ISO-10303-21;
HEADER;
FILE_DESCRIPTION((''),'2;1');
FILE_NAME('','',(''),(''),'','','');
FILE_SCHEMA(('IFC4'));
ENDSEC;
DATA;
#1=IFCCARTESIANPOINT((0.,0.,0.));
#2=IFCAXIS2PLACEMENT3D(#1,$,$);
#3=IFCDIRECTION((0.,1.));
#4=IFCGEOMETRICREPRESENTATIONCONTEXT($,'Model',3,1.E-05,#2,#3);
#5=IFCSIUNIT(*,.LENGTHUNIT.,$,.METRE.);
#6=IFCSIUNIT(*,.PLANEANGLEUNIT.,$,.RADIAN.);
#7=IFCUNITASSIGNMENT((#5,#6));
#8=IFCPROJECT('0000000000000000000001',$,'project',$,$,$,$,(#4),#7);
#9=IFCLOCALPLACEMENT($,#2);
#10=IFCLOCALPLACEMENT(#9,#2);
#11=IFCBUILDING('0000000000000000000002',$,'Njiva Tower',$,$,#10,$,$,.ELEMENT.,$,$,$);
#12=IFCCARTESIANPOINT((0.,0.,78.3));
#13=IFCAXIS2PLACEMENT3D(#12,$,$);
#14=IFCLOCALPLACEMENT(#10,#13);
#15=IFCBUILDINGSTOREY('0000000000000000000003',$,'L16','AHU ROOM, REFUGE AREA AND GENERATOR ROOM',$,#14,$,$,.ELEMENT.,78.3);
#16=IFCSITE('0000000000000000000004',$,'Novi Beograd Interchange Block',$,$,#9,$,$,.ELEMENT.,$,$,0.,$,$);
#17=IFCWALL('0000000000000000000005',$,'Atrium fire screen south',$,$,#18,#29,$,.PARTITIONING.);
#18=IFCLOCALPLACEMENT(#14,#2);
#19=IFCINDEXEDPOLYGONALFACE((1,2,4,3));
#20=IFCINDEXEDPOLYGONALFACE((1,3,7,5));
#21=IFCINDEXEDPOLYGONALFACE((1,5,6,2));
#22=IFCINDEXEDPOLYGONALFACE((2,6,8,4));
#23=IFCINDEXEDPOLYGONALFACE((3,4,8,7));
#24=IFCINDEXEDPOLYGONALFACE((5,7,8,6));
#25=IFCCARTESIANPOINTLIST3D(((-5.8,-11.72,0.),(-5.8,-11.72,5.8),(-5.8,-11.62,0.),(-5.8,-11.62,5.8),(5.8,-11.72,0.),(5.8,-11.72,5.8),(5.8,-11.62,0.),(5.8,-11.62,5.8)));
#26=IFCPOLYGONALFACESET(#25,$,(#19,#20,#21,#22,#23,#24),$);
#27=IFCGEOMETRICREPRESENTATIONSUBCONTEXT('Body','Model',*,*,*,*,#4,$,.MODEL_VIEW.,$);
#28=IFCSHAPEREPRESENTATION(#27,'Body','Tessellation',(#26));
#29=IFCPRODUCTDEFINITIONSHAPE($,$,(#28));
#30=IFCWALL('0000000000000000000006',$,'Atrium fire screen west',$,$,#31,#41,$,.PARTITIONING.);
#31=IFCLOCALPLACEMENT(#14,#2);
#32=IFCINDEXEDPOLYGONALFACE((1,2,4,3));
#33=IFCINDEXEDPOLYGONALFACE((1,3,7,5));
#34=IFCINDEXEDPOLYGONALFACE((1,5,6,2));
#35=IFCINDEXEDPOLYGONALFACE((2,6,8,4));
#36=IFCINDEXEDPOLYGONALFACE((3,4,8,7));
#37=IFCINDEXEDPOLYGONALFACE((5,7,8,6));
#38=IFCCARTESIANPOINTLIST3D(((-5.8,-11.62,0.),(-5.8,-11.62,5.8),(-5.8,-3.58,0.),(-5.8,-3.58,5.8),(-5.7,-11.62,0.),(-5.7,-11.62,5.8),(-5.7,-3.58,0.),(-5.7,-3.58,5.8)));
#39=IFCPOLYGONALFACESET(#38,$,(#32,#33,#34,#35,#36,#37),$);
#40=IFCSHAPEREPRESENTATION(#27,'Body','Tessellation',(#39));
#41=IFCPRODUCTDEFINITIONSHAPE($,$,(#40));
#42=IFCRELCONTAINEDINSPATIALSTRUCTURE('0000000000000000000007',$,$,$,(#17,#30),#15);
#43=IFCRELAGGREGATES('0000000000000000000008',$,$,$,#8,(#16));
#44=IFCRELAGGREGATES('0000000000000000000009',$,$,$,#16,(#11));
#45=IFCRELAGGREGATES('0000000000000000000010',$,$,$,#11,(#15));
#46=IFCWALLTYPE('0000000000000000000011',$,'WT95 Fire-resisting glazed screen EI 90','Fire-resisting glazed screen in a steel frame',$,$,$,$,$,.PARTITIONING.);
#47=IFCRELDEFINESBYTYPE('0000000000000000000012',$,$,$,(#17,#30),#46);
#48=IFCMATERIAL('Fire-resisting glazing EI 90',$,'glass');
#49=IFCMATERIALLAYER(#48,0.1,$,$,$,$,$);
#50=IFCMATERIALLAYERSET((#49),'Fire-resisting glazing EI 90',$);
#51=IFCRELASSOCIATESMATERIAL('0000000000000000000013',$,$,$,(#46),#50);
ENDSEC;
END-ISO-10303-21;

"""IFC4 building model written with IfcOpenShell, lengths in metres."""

from ifc_helpers import new_model, si_unit, direction, frame, frame_2d, origin, place, context, subcontext, project, spatial, rectangle, extrude, material, layer, layer_set, type_object, element, save


model = new_model("IFC4")

# Units and contexts
model_context = context("Model", 3, precision=1e-05, world=origin(), true_north=direction((0.0, 1.0)))
body_context = subcontext(model_context, "Body", "Model", "MODEL_VIEW")
ifc_project = project(units=[si_unit("LENGTHUNIT", "METRE"), si_unit("PLANEANGLEUNIT", "RADIAN")], contexts=[model_context])

# Site, building, storey
site_placement = place(None, origin())
site = spatial("IfcSite", under=ifc_project, at=site_placement, Name="Novi Beograd Interchange Block", CompositionType="ELEMENT", RefElevation=0.0)
building_placement = place(site_placement, origin())
building = spatial("IfcBuilding", under=site, at=building_placement, Name="Njiva Tower", CompositionType="ELEMENT")
storey_placement = place(building_placement, frame((0.0, 0.0, 78.3)))
storey = spatial("IfcBuildingStorey", under=building, at=storey_placement, Name="L16", Description="AHU ROOM, REFUGE AREA AND GENERATOR ROOM", CompositionType="ELEMENT", Elevation=78.3)

# Walls
ifc_material_1 = material(Name="Fire-resisting glazing EI 90", Category="glass")
ifc_layer_1 = layer(ifc_material_1, 0.1)
ifc_layer_set_1 = layer_set([ifc_layer_1], Name="Fire-resisting glazing EI 90")
wall_type_1 = type_object("IfcWallType", Name="WT95 Fire-resisting glazed screen EI 90", Description="Fire-resisting glazed screen in a steel frame", PredefinedType="PARTITIONING", material=ifc_layer_set_1)
wall_1_placement = place(storey_placement, frame((-5.8, -11.67, 0.0), z_axis=(0.0, 0.0, 1.0), x_axis=(1.0, 0.0, 0.0)))
element("IfcWall", 1, at=wall_1_placement, inside=storey, type_object=wall_type_1, Name="Atrium fire screen south", PredefinedType="PARTITIONING", context=body_context, shape_type="SweptSolid", body=[
    extrude(rectangle(XDim=11.6, YDim=0.1, at=frame_2d((5.8, 0.0))), origin(), (0.0, 0.0, 1.0), 5.8),
])
wall_2_placement = place(storey_placement, frame((-5.75, -3.58, 0.0), z_axis=(0.0, 0.0, 1.0), x_axis=(0.0, -1.0, 0.0)))
element("IfcWall", 2, at=wall_2_placement, inside=storey, type_object=wall_type_1, Name="Atrium fire screen west", PredefinedType="PARTITIONING", context=body_context, shape_type="SweptSolid", body=[
    extrude(rectangle(XDim=8.04, YDim=0.1, at=frame_2d((4.02, 0.0))), origin(), (0.0, 0.0, 1.0), 5.8),
])

save(model, "model.ifc")
